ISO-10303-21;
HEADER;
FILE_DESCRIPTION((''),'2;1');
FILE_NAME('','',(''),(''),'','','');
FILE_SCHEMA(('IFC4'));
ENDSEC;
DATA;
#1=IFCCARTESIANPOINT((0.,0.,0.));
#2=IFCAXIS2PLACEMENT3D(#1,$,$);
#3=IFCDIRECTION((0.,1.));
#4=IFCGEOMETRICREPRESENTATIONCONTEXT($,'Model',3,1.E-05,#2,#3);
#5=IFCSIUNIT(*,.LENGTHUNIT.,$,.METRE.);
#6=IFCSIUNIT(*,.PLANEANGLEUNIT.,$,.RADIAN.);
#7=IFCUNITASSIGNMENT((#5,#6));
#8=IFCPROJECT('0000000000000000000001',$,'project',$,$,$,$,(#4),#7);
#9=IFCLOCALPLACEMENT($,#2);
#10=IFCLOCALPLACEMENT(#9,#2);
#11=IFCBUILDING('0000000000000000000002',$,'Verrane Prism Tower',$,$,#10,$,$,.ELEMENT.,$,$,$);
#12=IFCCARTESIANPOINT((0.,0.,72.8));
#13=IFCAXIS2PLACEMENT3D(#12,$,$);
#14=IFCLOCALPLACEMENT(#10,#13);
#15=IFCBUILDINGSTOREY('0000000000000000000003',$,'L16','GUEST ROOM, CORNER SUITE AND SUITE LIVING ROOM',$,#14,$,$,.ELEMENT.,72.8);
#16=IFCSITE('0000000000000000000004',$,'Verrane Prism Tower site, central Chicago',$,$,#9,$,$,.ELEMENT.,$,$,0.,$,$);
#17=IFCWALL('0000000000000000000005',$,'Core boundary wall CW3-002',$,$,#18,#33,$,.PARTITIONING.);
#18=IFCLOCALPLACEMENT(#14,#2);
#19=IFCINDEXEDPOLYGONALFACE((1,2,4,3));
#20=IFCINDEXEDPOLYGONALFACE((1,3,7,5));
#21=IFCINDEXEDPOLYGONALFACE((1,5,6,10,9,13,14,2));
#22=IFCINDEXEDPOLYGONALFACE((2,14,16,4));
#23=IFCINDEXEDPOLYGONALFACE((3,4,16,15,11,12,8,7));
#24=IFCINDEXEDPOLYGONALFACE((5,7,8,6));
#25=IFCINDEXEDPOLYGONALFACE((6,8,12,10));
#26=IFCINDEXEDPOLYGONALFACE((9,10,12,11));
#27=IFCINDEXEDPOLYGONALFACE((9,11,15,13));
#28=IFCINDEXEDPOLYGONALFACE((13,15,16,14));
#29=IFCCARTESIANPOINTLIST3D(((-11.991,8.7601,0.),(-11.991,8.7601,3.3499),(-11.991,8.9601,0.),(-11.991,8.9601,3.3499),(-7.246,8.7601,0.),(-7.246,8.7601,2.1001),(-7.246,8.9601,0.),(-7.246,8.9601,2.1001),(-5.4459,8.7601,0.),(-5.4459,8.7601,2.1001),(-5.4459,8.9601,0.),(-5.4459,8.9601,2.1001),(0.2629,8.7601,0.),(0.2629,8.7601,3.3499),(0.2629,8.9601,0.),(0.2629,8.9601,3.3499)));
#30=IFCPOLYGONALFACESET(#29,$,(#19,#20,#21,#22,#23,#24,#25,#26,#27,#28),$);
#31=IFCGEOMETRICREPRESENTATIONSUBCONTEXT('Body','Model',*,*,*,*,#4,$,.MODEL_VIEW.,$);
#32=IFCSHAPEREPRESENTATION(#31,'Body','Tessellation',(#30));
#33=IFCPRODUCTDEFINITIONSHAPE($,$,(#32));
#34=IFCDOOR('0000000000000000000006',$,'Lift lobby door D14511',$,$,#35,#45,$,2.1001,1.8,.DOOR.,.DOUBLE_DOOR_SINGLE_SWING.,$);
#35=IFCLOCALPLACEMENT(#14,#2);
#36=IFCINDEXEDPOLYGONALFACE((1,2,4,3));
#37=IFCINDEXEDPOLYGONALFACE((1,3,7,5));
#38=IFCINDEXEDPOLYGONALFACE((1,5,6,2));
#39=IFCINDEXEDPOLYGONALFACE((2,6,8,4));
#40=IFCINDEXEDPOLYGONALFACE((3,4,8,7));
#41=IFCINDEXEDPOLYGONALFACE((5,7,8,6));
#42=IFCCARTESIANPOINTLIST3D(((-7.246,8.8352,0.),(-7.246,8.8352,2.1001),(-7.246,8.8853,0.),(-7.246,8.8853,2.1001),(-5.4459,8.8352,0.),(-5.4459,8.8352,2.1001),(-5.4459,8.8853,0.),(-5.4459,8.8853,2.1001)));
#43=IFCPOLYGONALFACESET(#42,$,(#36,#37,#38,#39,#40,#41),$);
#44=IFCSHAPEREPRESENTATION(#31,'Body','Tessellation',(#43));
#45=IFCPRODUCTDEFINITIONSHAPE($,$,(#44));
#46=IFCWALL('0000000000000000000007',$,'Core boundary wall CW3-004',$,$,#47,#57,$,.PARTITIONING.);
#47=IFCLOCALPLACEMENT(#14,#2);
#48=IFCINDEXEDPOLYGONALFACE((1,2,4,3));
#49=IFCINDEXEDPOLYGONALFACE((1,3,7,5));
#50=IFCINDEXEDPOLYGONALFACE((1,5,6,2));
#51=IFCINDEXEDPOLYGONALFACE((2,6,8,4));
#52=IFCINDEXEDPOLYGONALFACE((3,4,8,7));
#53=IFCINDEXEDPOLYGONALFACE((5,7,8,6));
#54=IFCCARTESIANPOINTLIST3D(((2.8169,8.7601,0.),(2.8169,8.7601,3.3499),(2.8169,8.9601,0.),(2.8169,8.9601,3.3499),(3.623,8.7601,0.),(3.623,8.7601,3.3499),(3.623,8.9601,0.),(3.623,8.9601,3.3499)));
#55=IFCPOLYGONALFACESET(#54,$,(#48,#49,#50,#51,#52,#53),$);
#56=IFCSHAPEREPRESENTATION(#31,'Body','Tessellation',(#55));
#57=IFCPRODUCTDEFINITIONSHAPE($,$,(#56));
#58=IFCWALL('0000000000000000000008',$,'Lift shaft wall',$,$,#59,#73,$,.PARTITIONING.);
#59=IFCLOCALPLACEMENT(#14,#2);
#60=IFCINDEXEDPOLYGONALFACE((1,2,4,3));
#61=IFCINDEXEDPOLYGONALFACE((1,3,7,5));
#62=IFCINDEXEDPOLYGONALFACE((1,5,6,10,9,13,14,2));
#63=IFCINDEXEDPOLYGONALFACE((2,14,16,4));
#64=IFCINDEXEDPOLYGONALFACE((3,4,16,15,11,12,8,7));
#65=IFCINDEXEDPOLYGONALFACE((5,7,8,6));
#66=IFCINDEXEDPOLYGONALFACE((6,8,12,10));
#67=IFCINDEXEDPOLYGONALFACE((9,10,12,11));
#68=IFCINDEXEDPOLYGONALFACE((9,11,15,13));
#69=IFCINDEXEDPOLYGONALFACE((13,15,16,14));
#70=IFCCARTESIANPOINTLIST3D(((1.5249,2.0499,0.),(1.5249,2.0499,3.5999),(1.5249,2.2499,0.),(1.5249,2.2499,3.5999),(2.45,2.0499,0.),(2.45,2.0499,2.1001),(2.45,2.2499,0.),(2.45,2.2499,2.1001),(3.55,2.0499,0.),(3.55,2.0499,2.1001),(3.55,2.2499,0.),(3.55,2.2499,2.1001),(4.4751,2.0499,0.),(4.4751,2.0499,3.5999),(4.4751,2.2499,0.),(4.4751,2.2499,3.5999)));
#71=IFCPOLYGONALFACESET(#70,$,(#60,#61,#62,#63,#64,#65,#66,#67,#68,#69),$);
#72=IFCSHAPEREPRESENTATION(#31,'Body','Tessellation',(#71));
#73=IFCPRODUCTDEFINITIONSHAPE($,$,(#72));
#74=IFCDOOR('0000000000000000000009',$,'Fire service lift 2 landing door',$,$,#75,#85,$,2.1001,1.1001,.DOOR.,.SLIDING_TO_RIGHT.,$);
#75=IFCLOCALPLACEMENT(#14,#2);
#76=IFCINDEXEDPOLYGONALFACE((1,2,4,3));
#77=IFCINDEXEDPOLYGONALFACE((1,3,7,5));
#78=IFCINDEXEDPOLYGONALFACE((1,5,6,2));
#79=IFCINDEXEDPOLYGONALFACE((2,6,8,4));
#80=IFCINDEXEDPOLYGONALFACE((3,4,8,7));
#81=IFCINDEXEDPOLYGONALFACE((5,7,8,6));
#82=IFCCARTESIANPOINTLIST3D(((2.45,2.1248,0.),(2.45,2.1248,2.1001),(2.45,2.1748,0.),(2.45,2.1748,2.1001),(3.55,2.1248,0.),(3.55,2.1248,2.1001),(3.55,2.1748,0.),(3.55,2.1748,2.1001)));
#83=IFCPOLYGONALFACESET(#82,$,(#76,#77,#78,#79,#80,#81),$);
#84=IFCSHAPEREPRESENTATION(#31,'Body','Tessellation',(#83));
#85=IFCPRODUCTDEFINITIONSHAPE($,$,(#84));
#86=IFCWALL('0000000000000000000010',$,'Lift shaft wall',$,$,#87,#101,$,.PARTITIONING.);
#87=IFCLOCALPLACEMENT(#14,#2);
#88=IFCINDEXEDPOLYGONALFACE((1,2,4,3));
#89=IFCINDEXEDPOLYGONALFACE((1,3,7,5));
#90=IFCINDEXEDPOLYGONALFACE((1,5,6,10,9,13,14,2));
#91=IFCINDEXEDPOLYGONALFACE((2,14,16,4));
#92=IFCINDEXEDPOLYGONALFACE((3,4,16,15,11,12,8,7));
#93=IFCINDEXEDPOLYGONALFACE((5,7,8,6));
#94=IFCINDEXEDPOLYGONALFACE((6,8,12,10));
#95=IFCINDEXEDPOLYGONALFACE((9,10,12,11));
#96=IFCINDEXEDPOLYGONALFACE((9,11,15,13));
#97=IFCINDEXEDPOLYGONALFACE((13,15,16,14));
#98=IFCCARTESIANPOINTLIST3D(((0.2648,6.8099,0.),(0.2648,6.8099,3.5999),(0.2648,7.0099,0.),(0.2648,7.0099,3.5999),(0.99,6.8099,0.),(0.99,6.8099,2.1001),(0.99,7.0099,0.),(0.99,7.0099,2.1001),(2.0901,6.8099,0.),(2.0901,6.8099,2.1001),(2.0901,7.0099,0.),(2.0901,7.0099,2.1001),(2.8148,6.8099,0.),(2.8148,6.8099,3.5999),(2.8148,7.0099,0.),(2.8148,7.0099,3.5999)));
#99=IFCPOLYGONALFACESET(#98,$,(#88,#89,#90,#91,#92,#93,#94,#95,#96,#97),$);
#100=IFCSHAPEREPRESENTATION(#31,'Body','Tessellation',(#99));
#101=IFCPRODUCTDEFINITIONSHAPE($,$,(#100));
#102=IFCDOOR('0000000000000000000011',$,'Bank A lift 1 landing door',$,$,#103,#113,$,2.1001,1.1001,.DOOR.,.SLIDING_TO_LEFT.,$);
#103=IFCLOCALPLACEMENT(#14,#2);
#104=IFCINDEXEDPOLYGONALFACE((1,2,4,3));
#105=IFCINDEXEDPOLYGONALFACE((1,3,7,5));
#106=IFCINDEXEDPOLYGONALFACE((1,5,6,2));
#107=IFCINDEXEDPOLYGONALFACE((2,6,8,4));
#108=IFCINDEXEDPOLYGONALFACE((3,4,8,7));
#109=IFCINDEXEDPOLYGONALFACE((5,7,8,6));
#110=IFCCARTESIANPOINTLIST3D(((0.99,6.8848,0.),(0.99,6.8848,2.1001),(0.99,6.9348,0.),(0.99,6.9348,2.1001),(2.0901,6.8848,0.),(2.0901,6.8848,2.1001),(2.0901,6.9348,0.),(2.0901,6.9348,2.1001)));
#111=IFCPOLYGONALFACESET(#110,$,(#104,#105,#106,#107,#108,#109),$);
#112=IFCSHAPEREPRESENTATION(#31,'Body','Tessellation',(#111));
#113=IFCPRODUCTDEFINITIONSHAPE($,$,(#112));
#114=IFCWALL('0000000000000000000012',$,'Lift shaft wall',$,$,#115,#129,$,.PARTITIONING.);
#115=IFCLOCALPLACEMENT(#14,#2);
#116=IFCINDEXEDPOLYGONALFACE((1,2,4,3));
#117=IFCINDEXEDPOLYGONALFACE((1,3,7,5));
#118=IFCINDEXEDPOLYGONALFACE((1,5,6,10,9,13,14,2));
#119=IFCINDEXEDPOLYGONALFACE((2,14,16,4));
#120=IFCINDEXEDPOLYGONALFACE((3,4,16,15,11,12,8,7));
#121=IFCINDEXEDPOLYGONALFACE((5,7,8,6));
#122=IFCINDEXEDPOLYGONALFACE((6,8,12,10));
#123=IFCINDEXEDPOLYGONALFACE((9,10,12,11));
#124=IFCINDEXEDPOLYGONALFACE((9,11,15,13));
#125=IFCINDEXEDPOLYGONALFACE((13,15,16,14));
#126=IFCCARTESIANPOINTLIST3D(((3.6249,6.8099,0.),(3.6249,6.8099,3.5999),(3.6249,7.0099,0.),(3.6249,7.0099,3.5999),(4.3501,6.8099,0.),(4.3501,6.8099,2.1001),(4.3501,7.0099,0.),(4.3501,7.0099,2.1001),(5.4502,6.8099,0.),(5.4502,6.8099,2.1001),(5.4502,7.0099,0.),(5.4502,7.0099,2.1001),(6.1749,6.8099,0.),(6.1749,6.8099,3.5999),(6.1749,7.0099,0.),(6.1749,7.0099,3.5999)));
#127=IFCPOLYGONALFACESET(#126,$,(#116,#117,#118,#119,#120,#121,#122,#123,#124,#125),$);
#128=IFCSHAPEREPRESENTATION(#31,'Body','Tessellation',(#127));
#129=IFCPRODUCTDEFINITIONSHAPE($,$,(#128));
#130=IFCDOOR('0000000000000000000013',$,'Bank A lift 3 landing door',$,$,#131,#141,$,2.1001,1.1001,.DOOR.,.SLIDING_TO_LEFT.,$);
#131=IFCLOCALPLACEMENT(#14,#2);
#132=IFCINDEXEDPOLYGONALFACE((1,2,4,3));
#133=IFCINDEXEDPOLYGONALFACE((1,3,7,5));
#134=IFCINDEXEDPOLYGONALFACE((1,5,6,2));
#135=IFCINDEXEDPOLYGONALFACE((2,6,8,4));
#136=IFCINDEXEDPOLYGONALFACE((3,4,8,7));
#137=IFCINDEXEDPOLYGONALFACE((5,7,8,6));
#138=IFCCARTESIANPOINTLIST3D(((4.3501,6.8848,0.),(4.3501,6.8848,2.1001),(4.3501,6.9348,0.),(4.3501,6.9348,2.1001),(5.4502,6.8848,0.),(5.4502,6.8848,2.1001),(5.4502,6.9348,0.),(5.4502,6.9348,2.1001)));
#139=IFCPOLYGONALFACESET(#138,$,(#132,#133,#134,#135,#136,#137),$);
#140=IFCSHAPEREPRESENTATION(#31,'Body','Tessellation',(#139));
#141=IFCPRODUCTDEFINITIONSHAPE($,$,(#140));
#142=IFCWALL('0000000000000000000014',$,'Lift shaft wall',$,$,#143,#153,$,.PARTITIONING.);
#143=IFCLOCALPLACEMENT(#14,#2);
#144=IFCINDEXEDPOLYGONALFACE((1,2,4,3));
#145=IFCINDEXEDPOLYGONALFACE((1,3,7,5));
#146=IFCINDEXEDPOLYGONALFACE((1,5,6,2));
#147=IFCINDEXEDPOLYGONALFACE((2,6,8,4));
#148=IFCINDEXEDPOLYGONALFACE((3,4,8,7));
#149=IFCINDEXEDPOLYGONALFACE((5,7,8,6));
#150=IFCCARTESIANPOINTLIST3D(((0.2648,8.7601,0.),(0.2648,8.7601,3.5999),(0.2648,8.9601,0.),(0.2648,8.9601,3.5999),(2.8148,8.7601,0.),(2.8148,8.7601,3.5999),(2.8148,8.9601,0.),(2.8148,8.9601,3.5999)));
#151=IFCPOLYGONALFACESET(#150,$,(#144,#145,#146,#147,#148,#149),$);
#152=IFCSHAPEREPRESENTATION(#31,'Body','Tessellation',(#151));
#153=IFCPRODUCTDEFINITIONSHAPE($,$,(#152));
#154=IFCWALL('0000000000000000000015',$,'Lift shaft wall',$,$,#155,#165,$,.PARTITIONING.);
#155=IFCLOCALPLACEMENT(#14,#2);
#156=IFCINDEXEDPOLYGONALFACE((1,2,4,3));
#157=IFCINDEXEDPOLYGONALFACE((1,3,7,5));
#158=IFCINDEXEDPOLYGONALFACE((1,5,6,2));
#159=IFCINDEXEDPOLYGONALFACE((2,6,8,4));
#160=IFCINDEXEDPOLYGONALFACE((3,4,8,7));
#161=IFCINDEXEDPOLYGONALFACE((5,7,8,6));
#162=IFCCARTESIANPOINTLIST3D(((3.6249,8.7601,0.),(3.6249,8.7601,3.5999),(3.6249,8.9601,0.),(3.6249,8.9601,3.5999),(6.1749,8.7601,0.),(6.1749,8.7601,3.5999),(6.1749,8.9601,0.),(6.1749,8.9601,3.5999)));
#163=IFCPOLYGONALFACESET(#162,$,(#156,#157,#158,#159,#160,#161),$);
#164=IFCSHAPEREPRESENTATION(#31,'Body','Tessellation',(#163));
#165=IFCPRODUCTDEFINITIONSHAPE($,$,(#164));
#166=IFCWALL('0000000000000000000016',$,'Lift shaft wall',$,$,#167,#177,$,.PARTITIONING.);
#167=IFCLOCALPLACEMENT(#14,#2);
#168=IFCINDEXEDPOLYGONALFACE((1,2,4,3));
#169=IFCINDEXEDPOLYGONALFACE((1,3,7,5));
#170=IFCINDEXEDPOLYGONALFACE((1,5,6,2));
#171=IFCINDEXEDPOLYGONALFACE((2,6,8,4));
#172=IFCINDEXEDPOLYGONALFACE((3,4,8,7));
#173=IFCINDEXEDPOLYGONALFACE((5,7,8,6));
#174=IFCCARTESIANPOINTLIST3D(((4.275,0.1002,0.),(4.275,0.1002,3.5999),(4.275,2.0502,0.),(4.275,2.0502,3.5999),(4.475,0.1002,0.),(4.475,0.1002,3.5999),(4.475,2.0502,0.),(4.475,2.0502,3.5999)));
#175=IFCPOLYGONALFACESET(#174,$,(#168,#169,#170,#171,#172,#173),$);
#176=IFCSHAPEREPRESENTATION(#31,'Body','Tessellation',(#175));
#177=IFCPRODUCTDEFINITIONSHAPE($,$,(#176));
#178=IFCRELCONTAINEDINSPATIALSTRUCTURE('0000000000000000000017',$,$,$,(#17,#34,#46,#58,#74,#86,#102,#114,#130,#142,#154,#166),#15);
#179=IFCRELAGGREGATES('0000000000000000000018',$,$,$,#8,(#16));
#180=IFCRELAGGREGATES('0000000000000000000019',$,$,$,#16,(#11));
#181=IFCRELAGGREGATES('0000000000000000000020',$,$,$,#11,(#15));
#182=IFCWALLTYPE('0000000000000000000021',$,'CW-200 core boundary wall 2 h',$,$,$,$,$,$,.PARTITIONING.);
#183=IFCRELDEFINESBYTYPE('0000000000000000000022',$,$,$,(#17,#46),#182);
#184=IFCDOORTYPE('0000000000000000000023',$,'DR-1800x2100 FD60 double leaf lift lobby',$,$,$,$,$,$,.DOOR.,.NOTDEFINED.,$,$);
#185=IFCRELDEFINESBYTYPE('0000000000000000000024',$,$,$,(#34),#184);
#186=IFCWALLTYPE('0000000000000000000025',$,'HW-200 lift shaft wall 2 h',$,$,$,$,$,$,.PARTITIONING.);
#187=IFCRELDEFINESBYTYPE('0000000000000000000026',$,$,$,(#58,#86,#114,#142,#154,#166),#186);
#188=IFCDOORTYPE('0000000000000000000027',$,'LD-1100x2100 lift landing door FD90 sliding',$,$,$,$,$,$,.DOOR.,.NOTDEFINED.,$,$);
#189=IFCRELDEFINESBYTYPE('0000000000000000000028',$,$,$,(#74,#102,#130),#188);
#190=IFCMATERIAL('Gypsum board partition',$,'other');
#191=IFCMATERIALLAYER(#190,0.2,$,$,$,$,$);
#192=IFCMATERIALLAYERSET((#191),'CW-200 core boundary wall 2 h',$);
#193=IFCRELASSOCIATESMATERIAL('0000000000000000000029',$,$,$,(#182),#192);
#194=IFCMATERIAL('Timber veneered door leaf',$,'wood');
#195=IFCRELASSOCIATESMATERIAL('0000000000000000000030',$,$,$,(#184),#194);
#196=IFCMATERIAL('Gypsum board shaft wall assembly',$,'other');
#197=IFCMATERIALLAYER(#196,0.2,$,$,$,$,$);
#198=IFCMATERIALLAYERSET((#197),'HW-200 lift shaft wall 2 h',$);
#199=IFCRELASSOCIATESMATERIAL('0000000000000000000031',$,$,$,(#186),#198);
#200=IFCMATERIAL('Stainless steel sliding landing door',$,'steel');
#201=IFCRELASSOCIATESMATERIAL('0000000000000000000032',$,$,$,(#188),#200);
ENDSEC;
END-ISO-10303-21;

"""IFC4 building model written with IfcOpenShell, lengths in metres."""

from ifc_helpers import new_model, si_unit, direction, frame, frame_2d, origin, place, context, subcontext, project, spatial, rectangle, extrude, material, layer, layer_set, type_object, element, fill, save


model = new_model("IFC4")

# Units and contexts
model_context = context("Model", 3, precision=1e-05, world=origin(), true_north=direction((0.0, 1.0)))
body_context = subcontext(model_context, "Body", "Model", "MODEL_VIEW")
ifc_project = project(units=[si_unit("LENGTHUNIT", "METRE"), si_unit("PLANEANGLEUNIT", "RADIAN")], contexts=[model_context])

# Site, building, storey
site_placement = place(None, origin())
site = spatial("IfcSite", under=ifc_project, at=site_placement, Name="Verrane Prism Tower site, central Chicago", CompositionType="ELEMENT", RefElevation=0.0)
building_placement = place(site_placement, origin())
building = spatial("IfcBuilding", under=site, at=building_placement, Name="Verrane Prism Tower", CompositionType="ELEMENT")
storey_placement = place(building_placement, frame((0.0, 0.0, 72.8)))
storey = spatial("IfcBuildingStorey", under=building, at=storey_placement, Name="L16", Description="GUEST ROOM, CORNER SUITE AND SUITE LIVING ROOM", CompositionType="ELEMENT", Elevation=72.8)

# Wall, opening, door
ifc_material_1 = material(Name="Gypsum board partition", Category="other")
ifc_layer_1 = layer(ifc_material_1, 0.2)
ifc_layer_set_1 = layer_set([ifc_layer_1], Name="CW-200 core boundary wall 2 h")
wall_type_1 = type_object("IfcWallType", Name="CW-200 core boundary wall 2 h", PredefinedType="PARTITIONING", material=ifc_layer_set_1)
wall_1_placement = place(storey_placement, frame((0.2629, 8.8601, 0.0), z_axis=(0.0, 0.0, 1.0), x_axis=(-1.0, 0.0, 0.0)))
wall_1 = element("IfcWall", 1, at=wall_1_placement, inside=storey, type_object=wall_type_1, Name="Core boundary wall CW3-002", PredefinedType="PARTITIONING", context=body_context, shape_type="SweptSolid", body=[
    extrude(rectangle(XDim=12.2539, YDim=0.2, at=frame_2d((6.127, 0.0))), origin(), (0.0, 0.0, 1.0), 3.3499),
])
opening_1_placement = place(wall_1_placement, frame((5.709, 0.0, 0.0)))
opening_1 = element("IfcOpeningElement", 2, at=opening_1_placement, cuts=wall_1, PredefinedType="OPENING", context=body_context, shape_type="SweptSolid", body=[
    extrude(rectangle(XDim=1.8, YDim=2.1001, at=frame_2d((0.8999, 1.05))), frame((0.0, 0.1099, 0.0), z_axis=(0.0, -1.0, 0.0), x_axis=(1.0, 0.0, 0.0)), (0.0, 0.0, 1.0), 0.22),
])
ifc_material_2 = material(Name="Timber veneered door leaf", Category="wood")
door_type_1 = type_object("IfcDoorType", Name="DR-1800x2100 FD60 double leaf lift lobby", OperationType="NOTDEFINED", PredefinedType="DOOR", material=ifc_material_2)
door_1_placement = place(opening_1_placement, origin())
door_1 = element("IfcDoor", 3, at=door_1_placement, inside=storey, type_object=door_type_1, Name="Lift lobby door D14511", OperationType="DOUBLE_DOOR_SINGLE_SWING", OverallHeight=2.1001, OverallWidth=1.8, PredefinedType="DOOR", context=body_context, shape_type="SweptSolid", body=[
    extrude(rectangle(XDim=1.8, YDim=2.1001, at=frame_2d((0.8999, 1.05))), frame((0.0, 0.0249, 0.0), z_axis=(0.0, -1.0, 0.0), x_axis=(1.0, 0.0, 0.0)), (0.0, 0.0, 1.0), 0.05),
])
fill(opening_1, door_1)

# Wall
wall_2_placement = place(storey_placement, frame((2.8169, 8.8601, 0.0), z_axis=(0.0, 0.0, 1.0), x_axis=(1.0, 0.0, 0.0)))
element("IfcWall", 4, at=wall_2_placement, inside=storey, type_object=wall_type_1, Name="Core boundary wall CW3-004", PredefinedType="PARTITIONING", context=body_context, shape_type="SweptSolid", body=[
    extrude(rectangle(XDim=0.8062, YDim=0.2, at=frame_2d((0.4031, 0.0))), origin(), (0.0, 0.0, 1.0), 3.3499),
])

# Walls, openings, doors
ifc_material_3 = material(Name="Gypsum board shaft wall assembly", Category="other")
ifc_layer_2 = layer(ifc_material_3, 0.2)
ifc_layer_set_2 = layer_set([ifc_layer_2], Name="HW-200 lift shaft wall 2 h")
wall_type_2 = type_object("IfcWallType", Name="HW-200 lift shaft wall 2 h", PredefinedType="PARTITIONING", material=ifc_layer_set_2)
wall_3_placement = place(storey_placement, frame((1.5249, 2.1499, 0.0), z_axis=(0.0, 0.0, 1.0), x_axis=(1.0, 0.0, 0.0)))
wall_3 = element("IfcWall", 5, at=wall_3_placement, inside=storey, type_object=wall_type_2, Name="Lift shaft wall", PredefinedType="PARTITIONING", context=body_context, shape_type="SweptSolid", body=[
    extrude(rectangle(XDim=2.9502, YDim=0.2, at=frame_2d((1.4751, 0.0))), origin(), (0.0, 0.0, 1.0), 3.5999),
])
opening_2_placement = place(wall_3_placement, frame((0.925, 0.0, 0.0)))
opening_2 = element("IfcOpeningElement", 6, at=opening_2_placement, cuts=wall_3, PredefinedType="OPENING", context=body_context, shape_type="SweptSolid", body=[
    extrude(rectangle(XDim=1.1001, YDim=2.1001, at=frame_2d((0.55, 1.05))), frame((0.0, 0.1099, 0.0), z_axis=(0.0, -1.0, 0.0), x_axis=(1.0, 0.0, 0.0)), (0.0, 0.0, 1.0), 0.22),
])
ifc_material_4 = material(Name="Stainless steel sliding landing door", Category="steel")
door_type_2 = type_object("IfcDoorType", Name="LD-1100x2100 lift landing door FD90 sliding", OperationType="NOTDEFINED", PredefinedType="DOOR", material=ifc_material_4)
door_2_placement = place(opening_2_placement, origin())
door_2 = element("IfcDoor", 7, at=door_2_placement, inside=storey, type_object=door_type_2, Name="Fire service lift 2 landing door", OperationType="SLIDING_TO_RIGHT", OverallHeight=2.1001, OverallWidth=1.1001, PredefinedType="DOOR", context=body_context, shape_type="SweptSolid", body=[
    extrude(rectangle(XDim=1.1001, YDim=2.1001, at=frame_2d((0.55, 1.05))), frame((0.0, 0.0249, 0.0), z_axis=(0.0, -1.0, 0.0), x_axis=(1.0, 0.0, 0.0)), (0.0, 0.0, 1.0), 0.05),
])
fill(opening_2, door_2)
wall_4_placement = place(storey_placement, frame((0.2649, 6.9099, 0.0), z_axis=(0.0, 0.0, 1.0), x_axis=(1.0, 0.0, 0.0)))
wall_4 = element("IfcWall", 8, at=wall_4_placement, inside=storey, type_object=wall_type_2, Name="Lift shaft wall", PredefinedType="PARTITIONING", context=body_context, shape_type="SweptSolid", body=[
    extrude(rectangle(XDim=2.55, YDim=0.2, at=frame_2d((1.2749, 0.0))), origin(), (0.0, 0.0, 1.0), 3.5999),
])
opening_3_placement = place(wall_4_placement, frame((0.7251, 0.0, 0.0)))
opening_3 = element("IfcOpeningElement", 9, at=opening_3_placement, cuts=wall_4, PredefinedType="OPENING", context=body_context, shape_type="SweptSolid", body=[
    extrude(rectangle(XDim=1.1001, YDim=2.1001, at=frame_2d((0.55, 1.05))), frame((0.0, 0.1099, 0.0), z_axis=(0.0, -1.0, 0.0), x_axis=(1.0, 0.0, 0.0)), (0.0, 0.0, 1.0), 0.22),
])
door_3_placement = place(opening_3_placement, origin())
door_3 = element("IfcDoor", 10, at=door_3_placement, inside=storey, type_object=door_type_2, Name="Bank A lift 1 landing door", OperationType="SLIDING_TO_LEFT", OverallHeight=2.1001, OverallWidth=1.1001, PredefinedType="DOOR", context=body_context, shape_type="SweptSolid", body=[
    extrude(rectangle(XDim=1.1001, YDim=2.1001, at=frame_2d((0.55, 1.05))), frame((0.0, 0.0249, 0.0), z_axis=(0.0, -1.0, 0.0), x_axis=(1.0, 0.0, 0.0)), (0.0, 0.0, 1.0), 0.05),
])
fill(opening_3, door_3)
wall_5_placement = place(storey_placement, frame((3.625, 6.9099, 0.0), z_axis=(0.0, 0.0, 1.0), x_axis=(1.0, 0.0, 0.0)))
wall_5 = element("IfcWall", 11, at=wall_5_placement, inside=storey, type_object=wall_type_2, Name="Lift shaft wall", PredefinedType="PARTITIONING", context=body_context, shape_type="SweptSolid", body=[
    extrude(rectangle(XDim=2.55, YDim=0.2, at=frame_2d((1.2749, 0.0))), origin(), (0.0, 0.0, 1.0), 3.5999),
])
opening_4_placement = place(wall_5_placement, frame((0.7251, 0.0, 0.0)))
opening_4 = element("IfcOpeningElement", 12, at=opening_4_placement, cuts=wall_5, PredefinedType="OPENING", context=body_context, shape_type="SweptSolid", body=[
    extrude(rectangle(XDim=1.1001, YDim=2.1001, at=frame_2d((0.55, 1.05))), frame((0.0, 0.1099, 0.0), z_axis=(0.0, -1.0, 0.0), x_axis=(1.0, 0.0, 0.0)), (0.0, 0.0, 1.0), 0.22),
])
door_4_placement = place(opening_4_placement, origin())
door_4 = element("IfcDoor", 13, at=door_4_placement, inside=storey, type_object=door_type_2, Name="Bank A lift 3 landing door", OperationType="SLIDING_TO_LEFT", OverallHeight=2.1001, OverallWidth=1.1001, PredefinedType="DOOR", context=body_context, shape_type="SweptSolid", body=[
    extrude(rectangle(XDim=1.1001, YDim=2.1001, at=frame_2d((0.55, 1.05))), frame((0.0, 0.0249, 0.0), z_axis=(0.0, -1.0, 0.0), x_axis=(1.0, 0.0, 0.0)), (0.0, 0.0, 1.0), 0.05),
])
fill(opening_4, door_4)

# Walls
for number, where, z_axis, x_axis, name in (
    (14, (0.2649, 8.8601, 0.0), (0.0, 0.0, 1.0), (1.0, 0.0, 0.0), "Lift shaft wall"),
    (15, (3.625, 8.8601, 0.0), (0.0, 0.0, 1.0), (1.0, 0.0, 0.0), "Lift shaft wall"),
):
    element("IfcWall", number, at=place(storey_placement, frame(where, z_axis=z_axis, x_axis=x_axis)), inside=storey, type_object=wall_type_2, Name=name, PredefinedType="PARTITIONING", context=body_context, shape_type="SweptSolid", body=[
        extrude(rectangle(XDim=2.55, YDim=0.2, at=frame_2d((1.2749, 0.0))), origin(), (0.0, 0.0, 1.0), 3.5999),
    ])
wall_6_placement = place(storey_placement, frame((4.375, 0.1001, 0.0), z_axis=(0.0, 0.0, 1.0), x_axis=(0.0, 1.0, 0.0)))
element("IfcWall", 16, at=wall_6_placement, inside=storey, type_object=wall_type_2, Name="Lift shaft wall", PredefinedType="PARTITIONING", context=body_context, shape_type="SweptSolid", body=[
    extrude(rectangle(XDim=1.95, YDim=0.2, at=frame_2d((0.9751, 0.0))), origin(), (0.0, 0.0, 1.0), 3.5999),
])

save(model, "model.ifc")
